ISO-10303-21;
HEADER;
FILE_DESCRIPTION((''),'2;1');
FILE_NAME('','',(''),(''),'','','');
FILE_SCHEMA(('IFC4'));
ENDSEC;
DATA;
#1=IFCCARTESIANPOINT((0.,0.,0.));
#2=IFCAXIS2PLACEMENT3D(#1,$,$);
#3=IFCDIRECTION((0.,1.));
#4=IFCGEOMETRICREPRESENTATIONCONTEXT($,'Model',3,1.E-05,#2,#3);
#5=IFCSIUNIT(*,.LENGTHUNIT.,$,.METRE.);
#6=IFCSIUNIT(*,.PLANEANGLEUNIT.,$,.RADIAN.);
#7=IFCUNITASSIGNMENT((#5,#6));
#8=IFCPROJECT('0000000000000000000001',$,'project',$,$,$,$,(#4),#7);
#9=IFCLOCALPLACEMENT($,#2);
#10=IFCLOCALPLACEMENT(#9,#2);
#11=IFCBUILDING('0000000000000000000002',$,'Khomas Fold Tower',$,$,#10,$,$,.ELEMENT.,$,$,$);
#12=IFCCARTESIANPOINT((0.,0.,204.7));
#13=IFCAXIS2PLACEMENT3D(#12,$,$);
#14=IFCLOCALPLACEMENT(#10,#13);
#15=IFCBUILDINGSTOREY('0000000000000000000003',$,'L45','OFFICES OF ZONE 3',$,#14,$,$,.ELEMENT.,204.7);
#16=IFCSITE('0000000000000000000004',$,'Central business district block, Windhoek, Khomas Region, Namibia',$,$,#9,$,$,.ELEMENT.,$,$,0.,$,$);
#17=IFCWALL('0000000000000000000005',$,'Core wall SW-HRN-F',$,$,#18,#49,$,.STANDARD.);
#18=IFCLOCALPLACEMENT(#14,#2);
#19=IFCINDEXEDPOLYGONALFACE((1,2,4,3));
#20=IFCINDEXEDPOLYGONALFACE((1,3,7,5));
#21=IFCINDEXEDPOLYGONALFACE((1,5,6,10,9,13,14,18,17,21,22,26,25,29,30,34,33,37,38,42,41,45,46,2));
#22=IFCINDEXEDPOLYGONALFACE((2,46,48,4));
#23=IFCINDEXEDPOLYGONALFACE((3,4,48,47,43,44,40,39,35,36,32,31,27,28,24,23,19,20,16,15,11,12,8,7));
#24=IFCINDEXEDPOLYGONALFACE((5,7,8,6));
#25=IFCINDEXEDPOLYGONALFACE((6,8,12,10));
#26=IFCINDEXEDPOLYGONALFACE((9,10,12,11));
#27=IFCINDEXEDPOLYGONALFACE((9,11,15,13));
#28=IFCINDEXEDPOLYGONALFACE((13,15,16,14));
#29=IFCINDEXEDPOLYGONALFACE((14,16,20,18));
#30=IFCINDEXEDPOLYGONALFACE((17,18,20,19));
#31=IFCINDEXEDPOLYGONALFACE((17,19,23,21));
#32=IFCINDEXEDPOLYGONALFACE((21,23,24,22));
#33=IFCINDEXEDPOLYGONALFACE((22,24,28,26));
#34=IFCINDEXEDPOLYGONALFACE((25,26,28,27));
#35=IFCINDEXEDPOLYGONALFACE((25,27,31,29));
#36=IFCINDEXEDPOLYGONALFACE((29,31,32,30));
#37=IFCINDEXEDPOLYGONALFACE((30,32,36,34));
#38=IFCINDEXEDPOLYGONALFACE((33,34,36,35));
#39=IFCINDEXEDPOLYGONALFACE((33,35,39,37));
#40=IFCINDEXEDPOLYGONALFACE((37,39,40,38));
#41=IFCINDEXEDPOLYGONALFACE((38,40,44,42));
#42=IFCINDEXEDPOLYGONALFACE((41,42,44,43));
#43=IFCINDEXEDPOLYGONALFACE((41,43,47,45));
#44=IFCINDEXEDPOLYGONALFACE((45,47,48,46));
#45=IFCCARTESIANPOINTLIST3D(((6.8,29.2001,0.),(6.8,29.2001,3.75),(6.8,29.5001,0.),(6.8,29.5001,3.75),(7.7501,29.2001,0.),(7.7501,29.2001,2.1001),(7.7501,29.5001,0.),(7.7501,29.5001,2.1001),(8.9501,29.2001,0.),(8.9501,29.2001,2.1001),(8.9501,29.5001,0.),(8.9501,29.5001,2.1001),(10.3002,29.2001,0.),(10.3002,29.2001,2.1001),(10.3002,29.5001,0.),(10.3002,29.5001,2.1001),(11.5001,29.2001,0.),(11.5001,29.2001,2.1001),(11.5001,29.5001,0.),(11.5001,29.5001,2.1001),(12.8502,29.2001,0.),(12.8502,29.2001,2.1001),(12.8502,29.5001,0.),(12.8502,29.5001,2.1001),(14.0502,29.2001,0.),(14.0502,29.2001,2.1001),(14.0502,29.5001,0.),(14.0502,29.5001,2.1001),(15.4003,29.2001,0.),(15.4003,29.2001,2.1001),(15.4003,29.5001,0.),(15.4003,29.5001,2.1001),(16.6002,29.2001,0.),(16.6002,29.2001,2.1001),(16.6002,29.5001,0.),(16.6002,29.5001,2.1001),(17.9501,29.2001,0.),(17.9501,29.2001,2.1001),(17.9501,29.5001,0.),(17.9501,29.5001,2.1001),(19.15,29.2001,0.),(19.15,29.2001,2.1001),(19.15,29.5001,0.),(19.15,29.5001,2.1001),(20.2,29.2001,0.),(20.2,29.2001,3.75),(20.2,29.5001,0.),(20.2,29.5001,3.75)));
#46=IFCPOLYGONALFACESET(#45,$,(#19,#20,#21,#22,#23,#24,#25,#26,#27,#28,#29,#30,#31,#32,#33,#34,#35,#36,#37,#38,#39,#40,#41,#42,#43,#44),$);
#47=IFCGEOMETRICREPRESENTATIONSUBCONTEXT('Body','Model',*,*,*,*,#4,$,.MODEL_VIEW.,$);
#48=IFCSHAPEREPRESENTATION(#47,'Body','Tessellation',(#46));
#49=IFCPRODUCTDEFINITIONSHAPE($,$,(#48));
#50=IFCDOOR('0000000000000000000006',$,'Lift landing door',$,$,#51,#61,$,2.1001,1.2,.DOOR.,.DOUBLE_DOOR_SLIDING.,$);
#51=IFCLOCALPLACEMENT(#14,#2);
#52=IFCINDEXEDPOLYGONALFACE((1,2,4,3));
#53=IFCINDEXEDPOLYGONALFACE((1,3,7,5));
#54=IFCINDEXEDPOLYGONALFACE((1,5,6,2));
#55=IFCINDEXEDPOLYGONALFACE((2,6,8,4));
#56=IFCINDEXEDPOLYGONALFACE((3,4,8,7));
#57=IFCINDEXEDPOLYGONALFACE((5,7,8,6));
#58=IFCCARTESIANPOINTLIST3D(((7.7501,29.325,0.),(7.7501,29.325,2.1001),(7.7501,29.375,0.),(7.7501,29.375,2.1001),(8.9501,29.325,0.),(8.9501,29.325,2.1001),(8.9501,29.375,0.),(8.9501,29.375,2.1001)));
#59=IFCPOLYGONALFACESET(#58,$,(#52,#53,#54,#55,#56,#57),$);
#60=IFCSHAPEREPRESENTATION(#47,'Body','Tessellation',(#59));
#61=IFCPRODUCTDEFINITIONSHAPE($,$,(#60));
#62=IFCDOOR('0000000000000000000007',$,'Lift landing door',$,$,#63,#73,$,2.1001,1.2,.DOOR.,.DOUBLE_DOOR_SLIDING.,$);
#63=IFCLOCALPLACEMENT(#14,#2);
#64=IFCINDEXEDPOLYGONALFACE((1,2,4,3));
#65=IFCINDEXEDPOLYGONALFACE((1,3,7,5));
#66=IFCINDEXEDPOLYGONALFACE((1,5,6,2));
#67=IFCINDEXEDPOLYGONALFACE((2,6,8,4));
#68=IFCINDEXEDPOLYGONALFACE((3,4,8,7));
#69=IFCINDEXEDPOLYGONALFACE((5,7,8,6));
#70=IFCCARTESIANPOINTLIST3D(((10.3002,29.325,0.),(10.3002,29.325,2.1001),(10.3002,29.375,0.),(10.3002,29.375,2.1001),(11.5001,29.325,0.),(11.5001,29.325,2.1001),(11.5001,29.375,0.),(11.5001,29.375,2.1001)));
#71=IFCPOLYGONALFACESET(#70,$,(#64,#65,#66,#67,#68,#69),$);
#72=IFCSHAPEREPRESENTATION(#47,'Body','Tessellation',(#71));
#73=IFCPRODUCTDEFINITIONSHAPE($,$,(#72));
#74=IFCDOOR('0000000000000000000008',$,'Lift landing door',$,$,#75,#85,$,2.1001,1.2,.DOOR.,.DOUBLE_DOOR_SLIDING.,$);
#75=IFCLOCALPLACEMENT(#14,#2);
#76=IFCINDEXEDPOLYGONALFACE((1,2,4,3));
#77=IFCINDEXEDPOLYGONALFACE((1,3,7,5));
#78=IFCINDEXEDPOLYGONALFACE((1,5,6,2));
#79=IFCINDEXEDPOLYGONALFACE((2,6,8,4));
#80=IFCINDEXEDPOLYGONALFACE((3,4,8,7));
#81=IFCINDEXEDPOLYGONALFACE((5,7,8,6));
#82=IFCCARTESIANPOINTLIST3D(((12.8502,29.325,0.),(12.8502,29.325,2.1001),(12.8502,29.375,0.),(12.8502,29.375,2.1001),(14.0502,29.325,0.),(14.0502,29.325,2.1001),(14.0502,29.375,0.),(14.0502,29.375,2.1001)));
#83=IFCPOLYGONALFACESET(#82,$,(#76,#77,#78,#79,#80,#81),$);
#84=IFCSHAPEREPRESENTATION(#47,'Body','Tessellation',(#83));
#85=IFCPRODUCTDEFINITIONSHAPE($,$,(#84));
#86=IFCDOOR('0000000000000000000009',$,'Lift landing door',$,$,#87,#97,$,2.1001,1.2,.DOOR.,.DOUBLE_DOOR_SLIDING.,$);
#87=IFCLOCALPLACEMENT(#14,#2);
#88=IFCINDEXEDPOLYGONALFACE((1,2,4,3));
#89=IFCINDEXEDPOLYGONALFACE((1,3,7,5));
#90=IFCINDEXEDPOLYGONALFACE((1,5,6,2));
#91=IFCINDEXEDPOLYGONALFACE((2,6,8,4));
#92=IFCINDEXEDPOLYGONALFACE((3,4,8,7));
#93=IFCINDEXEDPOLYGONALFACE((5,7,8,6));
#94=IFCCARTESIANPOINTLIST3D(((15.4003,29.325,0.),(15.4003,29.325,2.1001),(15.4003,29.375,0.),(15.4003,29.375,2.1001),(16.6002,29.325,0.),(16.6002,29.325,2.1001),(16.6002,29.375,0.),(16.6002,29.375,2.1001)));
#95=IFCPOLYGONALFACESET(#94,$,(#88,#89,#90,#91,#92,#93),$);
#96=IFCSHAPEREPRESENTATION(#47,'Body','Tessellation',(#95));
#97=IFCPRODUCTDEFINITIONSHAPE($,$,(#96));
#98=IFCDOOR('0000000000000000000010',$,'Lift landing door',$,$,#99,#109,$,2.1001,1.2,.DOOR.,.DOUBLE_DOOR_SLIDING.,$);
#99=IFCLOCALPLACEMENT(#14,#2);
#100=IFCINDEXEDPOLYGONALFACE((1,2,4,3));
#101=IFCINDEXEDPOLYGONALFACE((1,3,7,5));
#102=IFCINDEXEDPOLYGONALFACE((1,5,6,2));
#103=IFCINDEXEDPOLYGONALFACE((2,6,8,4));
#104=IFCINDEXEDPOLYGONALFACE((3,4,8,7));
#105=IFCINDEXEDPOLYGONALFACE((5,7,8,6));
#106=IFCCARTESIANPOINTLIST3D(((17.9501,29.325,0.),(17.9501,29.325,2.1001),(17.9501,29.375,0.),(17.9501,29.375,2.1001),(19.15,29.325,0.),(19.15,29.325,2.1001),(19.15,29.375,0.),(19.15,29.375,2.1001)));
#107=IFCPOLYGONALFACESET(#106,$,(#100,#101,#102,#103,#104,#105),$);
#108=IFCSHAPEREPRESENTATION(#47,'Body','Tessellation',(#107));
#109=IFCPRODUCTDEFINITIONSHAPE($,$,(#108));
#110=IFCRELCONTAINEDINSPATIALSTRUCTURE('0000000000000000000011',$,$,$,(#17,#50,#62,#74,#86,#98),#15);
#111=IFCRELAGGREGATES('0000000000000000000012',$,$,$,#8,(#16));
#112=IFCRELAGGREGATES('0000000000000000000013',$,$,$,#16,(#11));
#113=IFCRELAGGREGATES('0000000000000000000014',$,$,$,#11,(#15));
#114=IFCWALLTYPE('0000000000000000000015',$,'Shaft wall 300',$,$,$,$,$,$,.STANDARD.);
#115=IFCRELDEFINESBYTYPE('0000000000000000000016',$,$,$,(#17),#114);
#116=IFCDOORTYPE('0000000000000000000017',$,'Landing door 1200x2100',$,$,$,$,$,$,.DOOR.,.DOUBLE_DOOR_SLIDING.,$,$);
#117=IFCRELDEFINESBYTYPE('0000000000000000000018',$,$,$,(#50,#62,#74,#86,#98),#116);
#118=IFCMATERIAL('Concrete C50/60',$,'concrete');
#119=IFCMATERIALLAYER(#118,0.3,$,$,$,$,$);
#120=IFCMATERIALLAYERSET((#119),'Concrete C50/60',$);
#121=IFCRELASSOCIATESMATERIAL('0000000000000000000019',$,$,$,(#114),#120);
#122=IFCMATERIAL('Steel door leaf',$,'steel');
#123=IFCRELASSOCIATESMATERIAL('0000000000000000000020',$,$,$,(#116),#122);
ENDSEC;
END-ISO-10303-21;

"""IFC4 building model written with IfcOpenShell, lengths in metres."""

from ifc_helpers import new_model, si_unit, direction, frame, frame_2d, origin, place, context, subcontext, project, spatial, rectangle, extrude, source, transform, mapped, material, layer, layer_set, type_object, element, fill, save


model = new_model("IFC4")

# Units and contexts
model_context = context("Model", 3, precision=1e-05, world=origin(), true_north=direction((0.0, 1.0)))
body_context = subcontext(model_context, "Body", "Model", "MODEL_VIEW")
ifc_project = project(units=[si_unit("LENGTHUNIT", "METRE"), si_unit("PLANEANGLEUNIT", "RADIAN")], contexts=[model_context])

# Site, building, storey
site_placement = place(None, origin())
site = spatial("IfcSite", under=ifc_project, at=site_placement, Name="Central business district block, Windhoek, Khomas Region, Namibia", CompositionType="ELEMENT", RefElevation=0.0)
building_placement = place(site_placement, origin())
building = spatial("IfcBuilding", under=site, at=building_placement, Name="Khomas Fold Tower", CompositionType="ELEMENT")
storey_placement = place(building_placement, frame((0.0, 0.0, 204.7)))
storey = spatial("IfcBuildingStorey", under=building, at=storey_placement, Name="L45", Description="OFFICES OF ZONE 3", CompositionType="ELEMENT", Elevation=204.7)

# Shared definitions
ifc_material_1 = material(Name="Concrete C50/60", Category="concrete")
ifc_layer_1 = layer(ifc_material_1, 0.3)
ifc_layer_set_1 = layer_set([ifc_layer_1], Name="Concrete C50/60")
wall_type_1 = type_object("IfcWallType", Name="Shaft wall 300", PredefinedType="STANDARD", material=ifc_layer_set_1)
shared_shape_1 = source(origin(), body_context, "Body", "SweptSolid", [
    extrude(rectangle(XDim=13.3999, YDim=0.3, at=frame_2d((6.7, 0.0))), origin(), (0.0, 0.0, 1.0), 3.75),
])

# Wall, openings, doors
wall_1_placement = place(storey_placement, frame((6.8, 29.3501, 0.0), z_axis=(0.0, 0.0, 1.0), x_axis=(1.0, 0.0, 0.0)))
wall_1 = element("IfcWall", 1, at=wall_1_placement, inside=storey, type_object=wall_type_1, Name="Core wall SW-HRN-F", PredefinedType="STANDARD", context=body_context, shape_type="MappedRepresentation", body=[
    mapped(shared_shape_1, transform((0.0, 0.0, 0.0))),
])
shared_shape_2 = source(origin(), body_context, "Body", "SweptSolid", [
    extrude(rectangle(XDim=1.2, YDim=2.1001, at=frame_2d((0.6001, 1.05))), frame((0.0, 0.1599, 0.0), z_axis=(0.0, -1.0, 0.0), x_axis=(1.0, 0.0, 0.0)), (0.0, 0.0, 1.0), 0.3201),
])
opening_1_placement = place(wall_1_placement, frame((0.95, 0.0, 0.0)))
opening_1 = element("IfcOpeningElement", 2, at=opening_1_placement, cuts=wall_1, PredefinedType="OPENING", context=body_context, shape_type="MappedRepresentation", body=[
    mapped(shared_shape_2, transform((0.0, 0.0, 0.0))),
])
opening_2_placement = place(wall_1_placement, frame((3.5, 0.0, 0.0)))
opening_2 = element("IfcOpeningElement", 3, at=opening_2_placement, cuts=wall_1, PredefinedType="OPENING", context=body_context, shape_type="MappedRepresentation", body=[
    mapped(shared_shape_2, transform((0.0, 0.0, 0.0))),
])
opening_3_placement = place(wall_1_placement, frame((6.05, 0.0, 0.0)))
opening_3 = element("IfcOpeningElement", 4, at=opening_3_placement, cuts=wall_1, PredefinedType="OPENING", context=body_context, shape_type="MappedRepresentation", body=[
    mapped(shared_shape_2, transform((0.0, 0.0, 0.0))),
])
opening_4_placement = place(wall_1_placement, frame((8.6001, 0.0, 0.0)))
opening_4 = element("IfcOpeningElement", 5, at=opening_4_placement, cuts=wall_1, PredefinedType="OPENING", context=body_context, shape_type="MappedRepresentation", body=[
    mapped(shared_shape_2, transform((0.0, 0.0, 0.0))),
])
opening_5_placement = place(wall_1_placement, frame((11.1499, 0.0, 0.0)))
opening_5 = element("IfcOpeningElement", 6, at=opening_5_placement, cuts=wall_1, PredefinedType="OPENING", context=body_context, shape_type="MappedRepresentation", body=[
    mapped(shared_shape_2, transform((0.0, 0.0, 0.0))),
])
ifc_material_2 = material(Name="Steel door leaf", Category="steel")
door_type_1 = type_object("IfcDoorType", Name="Landing door 1200x2100", OperationType="DOUBLE_DOOR_SLIDING", PredefinedType="DOOR", material=ifc_material_2)
shared_shape_3 = source(origin(), body_context, "Body", "SweptSolid", [
    extrude(rectangle(XDim=1.2, YDim=2.1001, at=frame_2d((0.6001, 1.05))), frame((0.0, 0.0249, 0.0), z_axis=(0.0, -1.0, 0.0), x_axis=(1.0, 0.0, 0.0)), (0.0, 0.0, 1.0), 0.05),
])
door_1_placement = place(opening_1_placement, origin())
door_1 = element("IfcDoor", 7, at=door_1_placement, inside=storey, type_object=door_type_1, Name="Lift landing door", OperationType="DOUBLE_DOOR_SLIDING", OverallHeight=2.1001, OverallWidth=1.2, PredefinedType="DOOR", context=body_context, shape_type="MappedRepresentation", body=[
    mapped(shared_shape_3, transform((0.0, 0.0, 0.0))),
])
fill(opening_1, door_1)
door_2_placement = place(opening_2_placement, origin())
door_2 = element("IfcDoor", 8, at=door_2_placement, inside=storey, type_object=door_type_1, Name="Lift landing door", OperationType="DOUBLE_DOOR_SLIDING", OverallHeight=2.1001, OverallWidth=1.2, PredefinedType="DOOR", context=body_context, shape_type="MappedRepresentation", body=[
    mapped(shared_shape_3, transform((0.0, 0.0, 0.0))),
])
fill(opening_2, door_2)
door_3_placement = place(opening_3_placement, origin())
door_3 = element("IfcDoor", 9, at=door_3_placement, inside=storey, type_object=door_type_1, Name="Lift landing door", OperationType="DOUBLE_DOOR_SLIDING", OverallHeight=2.1001, OverallWidth=1.2, PredefinedType="DOOR", context=body_context, shape_type="MappedRepresentation", body=[
    mapped(shared_shape_3, transform((0.0, 0.0, 0.0))),
])
fill(opening_3, door_3)
door_4_placement = place(opening_4_placement, origin())
door_4 = element("IfcDoor", 10, at=door_4_placement, inside=storey, type_object=door_type_1, Name="Lift landing door", OperationType="DOUBLE_DOOR_SLIDING", OverallHeight=2.1001, OverallWidth=1.2, PredefinedType="DOOR", context=body_context, shape_type="MappedRepresentation", body=[
    mapped(shared_shape_3, transform((0.0, 0.0, 0.0))),
])
fill(opening_4, door_4)
door_5_placement = place(opening_5_placement, origin())
door_5 = element("IfcDoor", 11, at=door_5_placement, inside=storey, type_object=door_type_1, Name="Lift landing door", OperationType="DOUBLE_DOOR_SLIDING", OverallHeight=2.1001, OverallWidth=1.2, PredefinedType="DOOR", context=body_context, shape_type="MappedRepresentation", body=[
    mapped(shared_shape_3, transform((0.0, 0.0, 0.0))),
])
fill(opening_5, door_5)

save(model, "model.ifc")
